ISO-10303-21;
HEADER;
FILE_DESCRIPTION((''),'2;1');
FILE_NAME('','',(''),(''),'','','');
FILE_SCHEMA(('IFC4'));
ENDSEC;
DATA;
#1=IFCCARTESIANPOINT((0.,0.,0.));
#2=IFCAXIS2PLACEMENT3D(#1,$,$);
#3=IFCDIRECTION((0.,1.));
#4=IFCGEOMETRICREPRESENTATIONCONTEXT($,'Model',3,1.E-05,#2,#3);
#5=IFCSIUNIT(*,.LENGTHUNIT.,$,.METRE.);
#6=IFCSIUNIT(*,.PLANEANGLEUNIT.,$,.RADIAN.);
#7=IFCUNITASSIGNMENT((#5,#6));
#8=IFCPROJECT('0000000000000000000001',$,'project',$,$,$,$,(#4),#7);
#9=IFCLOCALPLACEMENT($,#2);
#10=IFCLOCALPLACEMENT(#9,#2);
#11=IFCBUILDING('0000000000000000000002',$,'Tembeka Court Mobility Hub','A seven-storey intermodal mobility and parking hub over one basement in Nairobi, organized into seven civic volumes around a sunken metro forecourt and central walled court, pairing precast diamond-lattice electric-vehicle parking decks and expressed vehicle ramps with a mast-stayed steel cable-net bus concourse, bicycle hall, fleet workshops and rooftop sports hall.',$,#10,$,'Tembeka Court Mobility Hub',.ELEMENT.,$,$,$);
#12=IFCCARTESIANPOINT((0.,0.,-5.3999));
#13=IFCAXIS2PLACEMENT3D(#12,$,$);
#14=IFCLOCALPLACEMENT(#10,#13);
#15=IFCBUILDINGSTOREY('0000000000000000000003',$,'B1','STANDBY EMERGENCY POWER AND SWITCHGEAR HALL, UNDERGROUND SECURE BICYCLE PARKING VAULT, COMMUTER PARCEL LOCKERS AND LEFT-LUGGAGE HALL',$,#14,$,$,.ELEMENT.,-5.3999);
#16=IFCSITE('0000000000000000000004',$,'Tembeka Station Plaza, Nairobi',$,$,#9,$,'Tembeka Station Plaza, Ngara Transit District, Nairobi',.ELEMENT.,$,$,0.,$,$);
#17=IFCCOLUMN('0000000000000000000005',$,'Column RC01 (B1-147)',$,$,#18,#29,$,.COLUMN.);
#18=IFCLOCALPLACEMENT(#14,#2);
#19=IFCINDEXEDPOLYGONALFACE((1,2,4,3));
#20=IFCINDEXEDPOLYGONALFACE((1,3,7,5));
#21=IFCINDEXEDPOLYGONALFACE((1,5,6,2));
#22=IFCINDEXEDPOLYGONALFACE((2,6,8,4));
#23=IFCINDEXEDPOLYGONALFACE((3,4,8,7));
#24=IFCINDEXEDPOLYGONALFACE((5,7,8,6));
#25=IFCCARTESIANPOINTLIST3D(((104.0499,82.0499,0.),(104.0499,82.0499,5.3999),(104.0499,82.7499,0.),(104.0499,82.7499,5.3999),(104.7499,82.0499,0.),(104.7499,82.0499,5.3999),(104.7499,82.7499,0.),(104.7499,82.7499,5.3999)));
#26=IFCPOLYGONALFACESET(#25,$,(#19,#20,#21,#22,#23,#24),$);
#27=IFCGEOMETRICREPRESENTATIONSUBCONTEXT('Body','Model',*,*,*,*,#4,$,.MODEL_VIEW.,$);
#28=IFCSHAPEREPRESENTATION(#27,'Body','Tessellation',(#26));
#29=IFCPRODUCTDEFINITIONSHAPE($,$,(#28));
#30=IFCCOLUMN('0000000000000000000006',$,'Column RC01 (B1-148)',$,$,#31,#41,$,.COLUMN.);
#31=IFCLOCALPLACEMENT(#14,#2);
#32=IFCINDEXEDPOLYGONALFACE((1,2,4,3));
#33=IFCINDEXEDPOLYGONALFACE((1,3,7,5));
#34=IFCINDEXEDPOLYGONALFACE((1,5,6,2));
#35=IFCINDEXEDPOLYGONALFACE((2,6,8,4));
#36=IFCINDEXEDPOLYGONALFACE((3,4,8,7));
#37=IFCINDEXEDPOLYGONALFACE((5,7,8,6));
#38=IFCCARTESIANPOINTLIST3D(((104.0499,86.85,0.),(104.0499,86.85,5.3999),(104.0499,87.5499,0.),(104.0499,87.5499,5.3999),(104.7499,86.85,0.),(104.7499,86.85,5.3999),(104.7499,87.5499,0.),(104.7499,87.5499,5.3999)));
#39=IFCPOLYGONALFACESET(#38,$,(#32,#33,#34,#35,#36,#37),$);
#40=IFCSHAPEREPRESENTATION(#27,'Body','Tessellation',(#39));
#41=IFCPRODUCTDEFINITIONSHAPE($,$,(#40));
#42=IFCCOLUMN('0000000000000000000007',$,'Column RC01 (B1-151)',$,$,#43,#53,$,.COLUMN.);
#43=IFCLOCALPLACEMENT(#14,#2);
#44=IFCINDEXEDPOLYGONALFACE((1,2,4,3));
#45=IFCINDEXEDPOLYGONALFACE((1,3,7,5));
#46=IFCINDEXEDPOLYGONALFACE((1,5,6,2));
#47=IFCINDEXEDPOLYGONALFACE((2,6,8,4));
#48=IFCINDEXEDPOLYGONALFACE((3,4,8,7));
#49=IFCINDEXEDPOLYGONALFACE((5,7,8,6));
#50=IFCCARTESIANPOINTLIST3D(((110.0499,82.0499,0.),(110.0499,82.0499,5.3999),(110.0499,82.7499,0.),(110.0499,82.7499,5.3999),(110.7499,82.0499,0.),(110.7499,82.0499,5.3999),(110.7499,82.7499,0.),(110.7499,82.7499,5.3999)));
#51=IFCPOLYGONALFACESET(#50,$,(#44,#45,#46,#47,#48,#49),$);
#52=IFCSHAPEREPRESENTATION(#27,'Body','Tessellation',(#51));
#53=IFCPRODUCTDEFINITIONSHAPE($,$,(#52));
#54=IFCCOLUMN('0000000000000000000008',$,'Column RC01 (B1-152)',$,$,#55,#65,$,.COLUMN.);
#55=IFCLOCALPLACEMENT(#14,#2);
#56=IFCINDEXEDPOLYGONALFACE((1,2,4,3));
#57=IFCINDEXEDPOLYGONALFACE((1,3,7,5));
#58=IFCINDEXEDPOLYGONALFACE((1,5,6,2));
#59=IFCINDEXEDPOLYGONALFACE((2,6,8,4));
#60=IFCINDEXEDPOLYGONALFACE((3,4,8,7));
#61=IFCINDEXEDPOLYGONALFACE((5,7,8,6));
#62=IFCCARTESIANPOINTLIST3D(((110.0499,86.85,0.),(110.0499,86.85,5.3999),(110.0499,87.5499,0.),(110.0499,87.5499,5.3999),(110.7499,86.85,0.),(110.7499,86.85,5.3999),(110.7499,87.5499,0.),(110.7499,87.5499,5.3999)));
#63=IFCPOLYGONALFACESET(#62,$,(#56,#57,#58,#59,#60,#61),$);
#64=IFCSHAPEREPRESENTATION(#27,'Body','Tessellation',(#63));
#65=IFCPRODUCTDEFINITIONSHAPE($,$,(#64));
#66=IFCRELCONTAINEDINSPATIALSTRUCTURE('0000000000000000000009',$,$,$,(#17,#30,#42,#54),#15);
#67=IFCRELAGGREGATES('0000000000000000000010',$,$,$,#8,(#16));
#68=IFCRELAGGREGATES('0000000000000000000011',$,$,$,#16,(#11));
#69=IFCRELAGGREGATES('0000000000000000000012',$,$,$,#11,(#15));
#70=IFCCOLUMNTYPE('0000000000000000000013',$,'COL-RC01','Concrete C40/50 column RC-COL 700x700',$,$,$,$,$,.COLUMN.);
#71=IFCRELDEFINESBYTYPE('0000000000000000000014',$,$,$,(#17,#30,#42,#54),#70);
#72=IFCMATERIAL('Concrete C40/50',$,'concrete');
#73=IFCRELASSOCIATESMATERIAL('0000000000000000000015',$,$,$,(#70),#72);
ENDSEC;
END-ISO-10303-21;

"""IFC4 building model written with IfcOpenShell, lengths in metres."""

from ifc_helpers import new_model, si_unit, direction, frame, origin, origin_2d, place, context, subcontext, project, spatial, rectangle, extrude, material, material_profile, profile_set, type_object, element, save


model = new_model("IFC4")

# Units and contexts
model_context = context("Model", 3, precision=1e-05, world=origin(), true_north=direction((0.0, 1.0)))
body_context = subcontext(model_context, "Body", "Model", "MODEL_VIEW")
ifc_project = project(units=[si_unit("LENGTHUNIT", "METRE"), si_unit("PLANEANGLEUNIT", "RADIAN")], contexts=[model_context])

# Site, building, storey
site_placement = place(None, origin())
site = spatial("IfcSite", under=ifc_project, at=site_placement, Name="Tembeka Station Plaza, Nairobi", LongName="Tembeka Station Plaza, Ngara Transit District, Nairobi", CompositionType="ELEMENT", RefElevation=0.0)
building_placement = place(site_placement, origin())
building = spatial("IfcBuilding", under=site, at=building_placement, Name="Tembeka Court Mobility Hub", Description="A seven-storey intermodal mobility and parking hub over one basement in Nairobi, organized into seven civic volumes around a sunken metro forecourt and central walled court, pairing precast diamond-lattice electric-vehicle parking decks and expressed vehicle ramps with a mast-stayed steel cable-net bus concourse, bicycle hall, fleet workshops and rooftop sports hall.", LongName="Tembeka Court Mobility Hub", CompositionType="ELEMENT")
storey_placement = place(building_placement, frame((0.0, 0.0, -5.3999)))
storey = spatial("IfcBuildingStorey", under=building, at=storey_placement, Name="B1", Description="STANDBY EMERGENCY POWER AND SWITCHGEAR HALL, UNDERGROUND SECURE BICYCLE PARKING VAULT, COMMUTER PARCEL LOCKERS AND LEFT-LUGGAGE HALL", CompositionType="ELEMENT", Elevation=-5.3999)

# Shared definitions
ifc_material_1 = material(Name="Concrete C40/50", Category="concrete")

# Columns
ifc_material_profile_1 = material_profile(ifc_material_1, rectangle(XDim=0.7, YDim=0.7, at=origin_2d()), Name="RC-COL 700x700")
ifc_profile_set_1 = profile_set([ifc_material_profile_1], Name="Concrete C40/50")
column_type_1 = type_object("IfcColumnType", Name="COL-RC01", Description="Concrete C40/50 column RC-COL 700x700", PredefinedType="COLUMN", material=ifc_profile_set_1)
for number, where, z_axis, x_axis, name in (
    (1, (104.3999, 82.3999, 0.0), (0.0, 0.0, 1.0), (1.0, 0.0, 0.0), "Column RC01 (B1-147)"),
    (2, (104.3999, 87.2, 0.0), (0.0, 0.0, 1.0), (1.0, 0.0, 0.0), "Column RC01 (B1-148)"),
    (3, (110.3999, 82.3999, 0.0), (0.0, 0.0, 1.0), (1.0, 0.0, 0.0), "Column RC01 (B1-151)"),
    (4, (110.3999, 87.2, 0.0), (0.0, 0.0, 1.0), (1.0, 0.0, 0.0), "Column RC01 (B1-152)"),
):
    element("IfcColumn", number, at=place(storey_placement, frame(where, z_axis=z_axis, x_axis=x_axis)), inside=storey, type_object=column_type_1, Name=name, PredefinedType="COLUMN", context=body_context, shape_type="SweptSolid", body=[
        extrude(rectangle(XDim=0.7, YDim=0.7, at=origin_2d()), origin(), (0.0, 0.0, 1.0), 5.3999),
    ])

save(model, "model.ifc")
